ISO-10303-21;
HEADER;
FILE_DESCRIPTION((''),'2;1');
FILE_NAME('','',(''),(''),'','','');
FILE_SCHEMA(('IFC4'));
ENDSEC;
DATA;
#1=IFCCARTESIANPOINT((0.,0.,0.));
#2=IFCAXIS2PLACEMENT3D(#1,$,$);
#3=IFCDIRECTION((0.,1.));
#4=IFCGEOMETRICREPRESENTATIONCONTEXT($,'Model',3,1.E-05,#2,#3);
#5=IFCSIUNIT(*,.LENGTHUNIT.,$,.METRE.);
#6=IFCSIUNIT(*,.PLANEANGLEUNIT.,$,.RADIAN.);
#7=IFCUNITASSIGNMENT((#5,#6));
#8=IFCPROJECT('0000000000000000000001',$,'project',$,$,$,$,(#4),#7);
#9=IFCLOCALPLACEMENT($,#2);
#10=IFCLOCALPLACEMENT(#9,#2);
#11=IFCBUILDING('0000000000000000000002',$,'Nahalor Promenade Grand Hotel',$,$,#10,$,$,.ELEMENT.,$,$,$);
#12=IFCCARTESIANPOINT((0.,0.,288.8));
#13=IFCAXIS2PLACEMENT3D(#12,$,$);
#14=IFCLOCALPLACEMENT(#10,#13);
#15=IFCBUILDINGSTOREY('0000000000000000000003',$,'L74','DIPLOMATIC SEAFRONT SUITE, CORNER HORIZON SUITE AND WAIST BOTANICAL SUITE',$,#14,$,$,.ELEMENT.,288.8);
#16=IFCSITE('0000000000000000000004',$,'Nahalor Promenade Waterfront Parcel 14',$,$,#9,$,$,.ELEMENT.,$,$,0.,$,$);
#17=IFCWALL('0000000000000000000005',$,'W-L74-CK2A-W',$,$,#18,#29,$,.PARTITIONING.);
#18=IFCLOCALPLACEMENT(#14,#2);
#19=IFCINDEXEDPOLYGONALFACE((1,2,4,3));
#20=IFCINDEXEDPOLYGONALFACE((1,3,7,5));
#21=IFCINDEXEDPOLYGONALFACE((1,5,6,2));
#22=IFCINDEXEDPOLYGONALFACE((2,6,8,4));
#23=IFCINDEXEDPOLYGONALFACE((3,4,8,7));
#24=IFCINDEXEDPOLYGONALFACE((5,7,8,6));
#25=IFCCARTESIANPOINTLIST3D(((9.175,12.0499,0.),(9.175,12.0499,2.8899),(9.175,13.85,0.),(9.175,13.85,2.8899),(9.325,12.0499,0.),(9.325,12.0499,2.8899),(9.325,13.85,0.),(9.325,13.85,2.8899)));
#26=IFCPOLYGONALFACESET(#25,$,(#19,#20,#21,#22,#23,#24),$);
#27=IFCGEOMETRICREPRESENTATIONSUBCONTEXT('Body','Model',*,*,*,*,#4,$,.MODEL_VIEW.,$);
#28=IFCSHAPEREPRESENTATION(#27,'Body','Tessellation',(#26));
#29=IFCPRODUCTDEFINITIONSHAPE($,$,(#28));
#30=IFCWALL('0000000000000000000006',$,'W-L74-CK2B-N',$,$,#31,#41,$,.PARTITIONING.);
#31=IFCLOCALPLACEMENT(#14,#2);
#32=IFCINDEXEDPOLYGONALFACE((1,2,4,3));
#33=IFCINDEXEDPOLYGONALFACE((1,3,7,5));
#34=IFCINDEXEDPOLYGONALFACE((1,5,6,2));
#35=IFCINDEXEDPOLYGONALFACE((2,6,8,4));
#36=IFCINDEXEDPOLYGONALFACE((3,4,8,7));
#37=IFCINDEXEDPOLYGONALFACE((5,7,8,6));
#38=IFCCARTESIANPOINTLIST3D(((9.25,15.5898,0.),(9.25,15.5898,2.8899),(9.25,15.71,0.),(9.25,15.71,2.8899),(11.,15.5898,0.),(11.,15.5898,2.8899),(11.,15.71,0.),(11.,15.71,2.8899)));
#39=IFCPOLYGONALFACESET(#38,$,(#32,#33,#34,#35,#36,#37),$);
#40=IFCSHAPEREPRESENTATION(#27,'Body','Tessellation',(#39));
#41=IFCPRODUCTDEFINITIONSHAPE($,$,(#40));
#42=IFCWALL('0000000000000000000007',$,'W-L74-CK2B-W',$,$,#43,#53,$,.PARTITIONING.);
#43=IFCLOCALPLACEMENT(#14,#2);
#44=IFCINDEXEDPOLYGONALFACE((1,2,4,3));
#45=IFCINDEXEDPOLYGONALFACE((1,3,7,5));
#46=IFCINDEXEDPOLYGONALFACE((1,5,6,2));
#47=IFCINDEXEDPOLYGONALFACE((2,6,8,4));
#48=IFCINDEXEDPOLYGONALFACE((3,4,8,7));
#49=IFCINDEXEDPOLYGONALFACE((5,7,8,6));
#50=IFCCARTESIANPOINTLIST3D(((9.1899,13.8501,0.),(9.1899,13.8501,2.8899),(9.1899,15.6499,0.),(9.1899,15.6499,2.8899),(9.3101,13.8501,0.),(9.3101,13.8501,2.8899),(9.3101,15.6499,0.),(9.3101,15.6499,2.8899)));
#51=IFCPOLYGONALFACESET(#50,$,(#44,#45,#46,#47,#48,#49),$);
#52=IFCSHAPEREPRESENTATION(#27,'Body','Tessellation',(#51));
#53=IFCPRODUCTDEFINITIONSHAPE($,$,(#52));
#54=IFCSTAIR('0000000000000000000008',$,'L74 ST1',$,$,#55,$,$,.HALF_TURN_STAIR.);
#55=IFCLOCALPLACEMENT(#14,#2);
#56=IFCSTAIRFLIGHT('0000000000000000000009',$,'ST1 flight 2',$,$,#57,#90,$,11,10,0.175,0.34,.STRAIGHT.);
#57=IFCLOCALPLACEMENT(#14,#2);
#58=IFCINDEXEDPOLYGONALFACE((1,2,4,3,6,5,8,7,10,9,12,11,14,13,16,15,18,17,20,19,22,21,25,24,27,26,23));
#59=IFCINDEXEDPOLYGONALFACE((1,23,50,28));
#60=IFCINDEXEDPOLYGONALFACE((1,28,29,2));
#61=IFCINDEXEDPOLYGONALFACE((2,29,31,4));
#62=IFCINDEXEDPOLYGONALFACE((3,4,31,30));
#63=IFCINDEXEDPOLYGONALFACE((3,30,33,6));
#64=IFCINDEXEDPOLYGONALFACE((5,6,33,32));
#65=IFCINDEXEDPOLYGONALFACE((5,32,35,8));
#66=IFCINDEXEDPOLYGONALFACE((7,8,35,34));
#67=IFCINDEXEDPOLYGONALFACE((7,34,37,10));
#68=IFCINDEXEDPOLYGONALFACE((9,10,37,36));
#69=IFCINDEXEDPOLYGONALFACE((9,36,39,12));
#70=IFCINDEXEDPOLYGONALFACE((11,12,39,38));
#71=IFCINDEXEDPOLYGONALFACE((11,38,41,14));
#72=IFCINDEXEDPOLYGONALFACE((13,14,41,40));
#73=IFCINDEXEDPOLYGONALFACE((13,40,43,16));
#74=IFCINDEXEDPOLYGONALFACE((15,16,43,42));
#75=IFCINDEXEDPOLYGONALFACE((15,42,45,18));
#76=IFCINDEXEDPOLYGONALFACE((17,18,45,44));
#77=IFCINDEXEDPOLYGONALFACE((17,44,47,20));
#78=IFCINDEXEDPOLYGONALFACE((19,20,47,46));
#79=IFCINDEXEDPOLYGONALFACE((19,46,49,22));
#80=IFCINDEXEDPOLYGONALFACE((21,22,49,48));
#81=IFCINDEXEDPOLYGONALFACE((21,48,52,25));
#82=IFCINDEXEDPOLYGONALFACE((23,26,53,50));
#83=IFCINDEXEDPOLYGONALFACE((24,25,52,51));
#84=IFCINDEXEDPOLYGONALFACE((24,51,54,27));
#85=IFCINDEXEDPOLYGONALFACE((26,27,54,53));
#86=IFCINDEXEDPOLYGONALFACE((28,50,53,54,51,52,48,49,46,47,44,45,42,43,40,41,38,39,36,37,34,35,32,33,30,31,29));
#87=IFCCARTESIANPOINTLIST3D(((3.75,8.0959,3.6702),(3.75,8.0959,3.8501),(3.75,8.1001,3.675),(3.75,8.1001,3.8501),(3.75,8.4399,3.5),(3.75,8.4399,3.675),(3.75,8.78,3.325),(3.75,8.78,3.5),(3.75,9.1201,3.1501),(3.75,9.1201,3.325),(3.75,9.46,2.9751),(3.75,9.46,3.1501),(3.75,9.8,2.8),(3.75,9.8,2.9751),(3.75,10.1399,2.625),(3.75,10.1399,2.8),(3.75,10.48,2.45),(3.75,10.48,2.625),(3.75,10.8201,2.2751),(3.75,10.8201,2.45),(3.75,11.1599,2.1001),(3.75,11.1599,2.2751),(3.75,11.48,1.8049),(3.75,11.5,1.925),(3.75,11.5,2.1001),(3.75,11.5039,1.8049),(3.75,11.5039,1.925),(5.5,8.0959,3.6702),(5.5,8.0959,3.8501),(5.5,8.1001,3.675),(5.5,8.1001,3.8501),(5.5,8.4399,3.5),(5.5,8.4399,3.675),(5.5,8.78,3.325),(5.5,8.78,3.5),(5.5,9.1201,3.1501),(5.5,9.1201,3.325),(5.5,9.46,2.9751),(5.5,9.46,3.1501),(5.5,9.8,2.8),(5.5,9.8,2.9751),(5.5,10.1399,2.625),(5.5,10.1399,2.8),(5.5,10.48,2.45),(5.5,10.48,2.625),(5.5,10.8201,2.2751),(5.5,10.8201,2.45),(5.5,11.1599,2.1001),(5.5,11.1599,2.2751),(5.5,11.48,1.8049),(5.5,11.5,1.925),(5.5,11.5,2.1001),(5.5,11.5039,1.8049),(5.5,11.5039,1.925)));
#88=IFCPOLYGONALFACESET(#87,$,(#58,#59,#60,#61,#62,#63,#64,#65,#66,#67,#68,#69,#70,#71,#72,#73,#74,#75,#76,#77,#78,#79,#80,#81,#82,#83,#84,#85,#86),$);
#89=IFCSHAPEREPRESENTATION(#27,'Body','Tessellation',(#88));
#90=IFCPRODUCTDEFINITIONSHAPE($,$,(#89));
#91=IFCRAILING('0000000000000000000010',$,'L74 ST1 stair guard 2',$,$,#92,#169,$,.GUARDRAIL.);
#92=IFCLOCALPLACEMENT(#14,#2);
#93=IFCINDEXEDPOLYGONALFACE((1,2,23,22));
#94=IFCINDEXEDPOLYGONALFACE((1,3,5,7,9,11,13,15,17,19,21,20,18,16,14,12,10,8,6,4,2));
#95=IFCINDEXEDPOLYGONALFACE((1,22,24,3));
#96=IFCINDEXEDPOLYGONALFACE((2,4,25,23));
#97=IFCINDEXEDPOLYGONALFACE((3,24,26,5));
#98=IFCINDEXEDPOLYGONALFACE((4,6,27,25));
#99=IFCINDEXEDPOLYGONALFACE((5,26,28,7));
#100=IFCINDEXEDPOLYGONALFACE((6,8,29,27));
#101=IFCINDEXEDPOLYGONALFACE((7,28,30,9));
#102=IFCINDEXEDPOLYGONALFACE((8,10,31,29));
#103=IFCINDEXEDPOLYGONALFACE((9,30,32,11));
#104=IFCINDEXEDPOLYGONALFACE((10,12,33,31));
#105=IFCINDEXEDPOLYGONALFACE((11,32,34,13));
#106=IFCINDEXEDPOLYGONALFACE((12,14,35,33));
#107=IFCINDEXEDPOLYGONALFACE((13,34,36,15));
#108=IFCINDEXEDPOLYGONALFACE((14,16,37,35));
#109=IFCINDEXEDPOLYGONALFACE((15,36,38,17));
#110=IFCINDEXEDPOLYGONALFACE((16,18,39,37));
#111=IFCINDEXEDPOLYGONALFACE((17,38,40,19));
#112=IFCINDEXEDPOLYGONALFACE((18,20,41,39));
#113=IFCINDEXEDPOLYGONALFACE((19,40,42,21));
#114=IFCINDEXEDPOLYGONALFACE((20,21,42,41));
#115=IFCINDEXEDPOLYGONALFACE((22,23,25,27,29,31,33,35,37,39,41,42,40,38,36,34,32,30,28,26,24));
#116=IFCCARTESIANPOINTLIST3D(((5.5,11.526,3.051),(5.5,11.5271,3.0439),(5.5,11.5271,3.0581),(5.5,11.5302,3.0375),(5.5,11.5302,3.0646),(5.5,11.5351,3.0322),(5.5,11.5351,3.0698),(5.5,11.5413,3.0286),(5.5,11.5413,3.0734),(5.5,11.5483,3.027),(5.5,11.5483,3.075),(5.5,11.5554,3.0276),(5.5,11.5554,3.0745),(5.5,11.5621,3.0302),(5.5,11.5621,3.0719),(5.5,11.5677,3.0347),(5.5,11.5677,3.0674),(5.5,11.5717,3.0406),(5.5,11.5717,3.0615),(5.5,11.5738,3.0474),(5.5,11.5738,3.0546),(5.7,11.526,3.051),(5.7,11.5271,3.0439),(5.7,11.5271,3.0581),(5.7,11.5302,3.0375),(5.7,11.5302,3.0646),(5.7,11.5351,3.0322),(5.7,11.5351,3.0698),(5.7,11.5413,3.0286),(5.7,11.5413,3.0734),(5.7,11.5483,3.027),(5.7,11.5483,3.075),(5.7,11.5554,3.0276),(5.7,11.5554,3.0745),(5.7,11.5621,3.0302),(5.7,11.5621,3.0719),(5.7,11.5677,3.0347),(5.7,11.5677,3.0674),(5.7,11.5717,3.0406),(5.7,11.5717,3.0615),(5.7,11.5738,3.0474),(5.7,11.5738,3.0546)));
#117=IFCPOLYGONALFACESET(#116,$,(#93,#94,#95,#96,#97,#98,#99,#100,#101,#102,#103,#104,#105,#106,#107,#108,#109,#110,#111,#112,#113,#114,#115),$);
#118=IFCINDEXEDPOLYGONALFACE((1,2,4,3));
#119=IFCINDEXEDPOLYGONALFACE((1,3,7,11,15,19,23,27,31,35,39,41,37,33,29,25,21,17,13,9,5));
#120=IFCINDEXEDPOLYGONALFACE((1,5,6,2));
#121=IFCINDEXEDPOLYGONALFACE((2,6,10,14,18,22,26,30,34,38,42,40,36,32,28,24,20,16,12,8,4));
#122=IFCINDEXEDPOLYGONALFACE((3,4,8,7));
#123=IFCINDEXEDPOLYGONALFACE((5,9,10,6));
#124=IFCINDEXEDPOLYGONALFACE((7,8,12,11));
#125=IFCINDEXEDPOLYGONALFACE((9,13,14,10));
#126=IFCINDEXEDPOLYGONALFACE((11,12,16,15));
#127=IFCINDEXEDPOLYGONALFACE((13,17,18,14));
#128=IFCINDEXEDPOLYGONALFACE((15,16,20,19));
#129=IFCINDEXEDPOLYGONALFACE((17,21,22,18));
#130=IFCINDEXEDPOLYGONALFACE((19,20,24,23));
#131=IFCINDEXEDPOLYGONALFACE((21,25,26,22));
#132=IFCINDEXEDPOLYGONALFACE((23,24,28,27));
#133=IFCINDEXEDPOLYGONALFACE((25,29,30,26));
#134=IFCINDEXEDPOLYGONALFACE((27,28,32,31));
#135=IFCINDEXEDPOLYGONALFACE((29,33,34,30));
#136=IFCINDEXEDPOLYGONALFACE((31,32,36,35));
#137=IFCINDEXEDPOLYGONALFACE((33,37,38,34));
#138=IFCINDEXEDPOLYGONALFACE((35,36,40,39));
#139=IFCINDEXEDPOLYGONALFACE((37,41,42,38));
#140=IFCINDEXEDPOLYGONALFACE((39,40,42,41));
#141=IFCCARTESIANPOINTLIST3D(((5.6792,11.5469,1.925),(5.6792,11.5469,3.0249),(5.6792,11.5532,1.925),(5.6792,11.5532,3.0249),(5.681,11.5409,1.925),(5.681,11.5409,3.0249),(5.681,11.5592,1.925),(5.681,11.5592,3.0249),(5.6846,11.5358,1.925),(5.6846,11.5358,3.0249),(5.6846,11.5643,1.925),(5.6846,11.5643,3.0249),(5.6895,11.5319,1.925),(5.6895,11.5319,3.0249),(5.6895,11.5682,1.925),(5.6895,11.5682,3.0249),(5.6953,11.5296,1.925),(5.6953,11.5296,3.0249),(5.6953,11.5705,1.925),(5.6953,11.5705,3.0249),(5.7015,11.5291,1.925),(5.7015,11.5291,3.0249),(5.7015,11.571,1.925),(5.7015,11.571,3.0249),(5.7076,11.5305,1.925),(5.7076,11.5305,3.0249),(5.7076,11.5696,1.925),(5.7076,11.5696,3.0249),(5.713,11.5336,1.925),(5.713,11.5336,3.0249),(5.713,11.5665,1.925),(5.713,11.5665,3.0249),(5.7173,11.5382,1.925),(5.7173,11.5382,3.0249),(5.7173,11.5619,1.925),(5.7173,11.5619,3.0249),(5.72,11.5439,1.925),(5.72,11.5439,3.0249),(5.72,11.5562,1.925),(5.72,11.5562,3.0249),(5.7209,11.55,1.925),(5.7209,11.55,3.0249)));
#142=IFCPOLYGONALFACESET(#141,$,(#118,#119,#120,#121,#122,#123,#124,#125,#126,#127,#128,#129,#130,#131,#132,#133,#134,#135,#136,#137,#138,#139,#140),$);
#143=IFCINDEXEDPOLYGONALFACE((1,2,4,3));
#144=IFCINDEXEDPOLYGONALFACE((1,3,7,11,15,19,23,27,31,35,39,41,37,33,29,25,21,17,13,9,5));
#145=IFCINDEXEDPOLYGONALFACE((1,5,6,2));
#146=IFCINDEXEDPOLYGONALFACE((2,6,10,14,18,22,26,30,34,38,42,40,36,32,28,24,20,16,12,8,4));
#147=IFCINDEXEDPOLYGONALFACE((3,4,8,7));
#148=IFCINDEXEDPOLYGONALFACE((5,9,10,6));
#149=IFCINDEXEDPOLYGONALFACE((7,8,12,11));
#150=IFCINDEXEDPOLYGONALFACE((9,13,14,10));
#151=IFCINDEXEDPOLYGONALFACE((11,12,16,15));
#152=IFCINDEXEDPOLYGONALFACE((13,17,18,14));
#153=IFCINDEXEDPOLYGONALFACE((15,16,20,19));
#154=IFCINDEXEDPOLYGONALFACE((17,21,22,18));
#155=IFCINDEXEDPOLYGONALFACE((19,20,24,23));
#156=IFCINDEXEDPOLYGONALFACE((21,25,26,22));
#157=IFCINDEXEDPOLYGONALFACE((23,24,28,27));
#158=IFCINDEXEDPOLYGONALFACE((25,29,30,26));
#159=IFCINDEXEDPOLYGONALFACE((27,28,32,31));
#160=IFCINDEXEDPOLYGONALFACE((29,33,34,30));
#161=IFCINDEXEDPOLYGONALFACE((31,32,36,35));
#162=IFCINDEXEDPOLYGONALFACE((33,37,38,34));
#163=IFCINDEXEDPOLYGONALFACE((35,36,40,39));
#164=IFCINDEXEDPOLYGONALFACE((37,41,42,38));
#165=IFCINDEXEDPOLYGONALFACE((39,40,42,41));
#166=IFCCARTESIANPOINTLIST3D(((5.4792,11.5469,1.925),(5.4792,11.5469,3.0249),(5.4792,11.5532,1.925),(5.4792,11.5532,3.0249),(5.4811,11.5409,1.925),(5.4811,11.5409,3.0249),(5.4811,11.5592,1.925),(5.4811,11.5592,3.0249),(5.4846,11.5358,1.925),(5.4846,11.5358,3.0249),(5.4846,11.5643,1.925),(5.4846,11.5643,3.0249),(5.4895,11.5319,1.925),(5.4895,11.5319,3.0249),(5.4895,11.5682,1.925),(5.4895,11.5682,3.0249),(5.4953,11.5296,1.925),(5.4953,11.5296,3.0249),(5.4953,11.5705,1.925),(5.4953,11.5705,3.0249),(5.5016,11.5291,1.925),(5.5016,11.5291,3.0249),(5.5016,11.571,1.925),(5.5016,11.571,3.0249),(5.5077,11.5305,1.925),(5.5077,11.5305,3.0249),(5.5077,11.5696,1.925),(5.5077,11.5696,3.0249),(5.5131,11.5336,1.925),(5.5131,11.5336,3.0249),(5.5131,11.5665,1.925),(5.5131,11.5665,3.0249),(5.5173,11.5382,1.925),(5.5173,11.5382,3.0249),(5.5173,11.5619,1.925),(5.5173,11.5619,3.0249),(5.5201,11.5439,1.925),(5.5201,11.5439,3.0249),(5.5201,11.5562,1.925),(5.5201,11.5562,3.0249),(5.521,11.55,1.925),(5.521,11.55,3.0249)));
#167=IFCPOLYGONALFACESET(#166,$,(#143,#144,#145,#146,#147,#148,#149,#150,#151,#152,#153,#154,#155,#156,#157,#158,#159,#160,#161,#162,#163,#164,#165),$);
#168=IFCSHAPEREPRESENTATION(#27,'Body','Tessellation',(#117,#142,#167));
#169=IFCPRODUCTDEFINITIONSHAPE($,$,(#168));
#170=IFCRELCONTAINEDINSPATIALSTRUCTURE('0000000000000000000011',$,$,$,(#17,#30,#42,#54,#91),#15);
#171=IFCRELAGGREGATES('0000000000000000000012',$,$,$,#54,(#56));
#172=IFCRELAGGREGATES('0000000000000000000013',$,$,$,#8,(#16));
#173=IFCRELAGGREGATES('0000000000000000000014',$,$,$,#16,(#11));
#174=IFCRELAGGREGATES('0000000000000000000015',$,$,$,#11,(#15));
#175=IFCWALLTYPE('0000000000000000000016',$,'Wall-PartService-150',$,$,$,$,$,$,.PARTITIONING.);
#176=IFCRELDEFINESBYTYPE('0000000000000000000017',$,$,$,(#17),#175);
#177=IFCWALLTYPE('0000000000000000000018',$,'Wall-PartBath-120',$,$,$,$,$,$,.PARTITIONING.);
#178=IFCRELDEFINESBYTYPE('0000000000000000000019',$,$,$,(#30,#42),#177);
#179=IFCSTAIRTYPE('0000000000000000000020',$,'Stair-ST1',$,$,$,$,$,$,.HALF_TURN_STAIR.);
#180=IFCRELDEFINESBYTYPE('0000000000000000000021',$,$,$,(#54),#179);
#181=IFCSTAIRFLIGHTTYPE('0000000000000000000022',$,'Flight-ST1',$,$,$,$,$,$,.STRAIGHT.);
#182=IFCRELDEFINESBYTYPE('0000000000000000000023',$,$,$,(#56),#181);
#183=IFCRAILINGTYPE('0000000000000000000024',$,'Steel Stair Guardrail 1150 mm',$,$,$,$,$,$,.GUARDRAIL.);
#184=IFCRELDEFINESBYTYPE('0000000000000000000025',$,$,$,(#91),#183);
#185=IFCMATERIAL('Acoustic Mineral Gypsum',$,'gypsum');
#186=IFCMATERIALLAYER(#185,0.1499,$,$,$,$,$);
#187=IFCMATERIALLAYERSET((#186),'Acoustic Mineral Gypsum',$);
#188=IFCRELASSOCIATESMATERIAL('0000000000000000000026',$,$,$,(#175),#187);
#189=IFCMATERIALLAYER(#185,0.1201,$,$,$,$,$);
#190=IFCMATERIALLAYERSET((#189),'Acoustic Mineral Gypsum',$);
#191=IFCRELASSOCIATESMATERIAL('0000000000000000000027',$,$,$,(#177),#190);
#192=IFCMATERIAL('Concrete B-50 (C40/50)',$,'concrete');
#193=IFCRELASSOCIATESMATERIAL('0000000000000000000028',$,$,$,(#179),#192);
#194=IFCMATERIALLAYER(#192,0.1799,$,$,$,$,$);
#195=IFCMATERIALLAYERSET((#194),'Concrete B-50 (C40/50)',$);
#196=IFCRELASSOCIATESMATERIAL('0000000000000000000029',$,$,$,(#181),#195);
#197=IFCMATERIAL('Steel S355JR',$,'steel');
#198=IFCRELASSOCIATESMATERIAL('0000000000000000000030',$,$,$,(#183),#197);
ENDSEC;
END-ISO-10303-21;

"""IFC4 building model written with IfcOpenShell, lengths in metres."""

from ifc_helpers import new_model, si_unit, direction, frame, frame_2d, origin, origin_2d, place, context, subcontext, project, spatial, polyline, rectangle, circle, outline, extrude, source, transform, mapped, material, layer, layer_set, type_object, element, aggregate, save


model = new_model("IFC4")

# Units and contexts
model_context = context("Model", 3, precision=1e-05, world=origin(), true_north=direction((0.0, 1.0)))
body_context = subcontext(model_context, "Body", "Model", "MODEL_VIEW")
ifc_project = project(units=[si_unit("LENGTHUNIT", "METRE"), si_unit("PLANEANGLEUNIT", "RADIAN")], contexts=[model_context])

# Site, building, storey
site_placement = place(None, origin())
site = spatial("IfcSite", under=ifc_project, at=site_placement, Name="Nahalor Promenade Waterfront Parcel 14", CompositionType="ELEMENT", RefElevation=0.0)
building_placement = place(site_placement, origin())
building = spatial("IfcBuilding", under=site, at=building_placement, Name="Nahalor Promenade Grand Hotel", CompositionType="ELEMENT")
storey_placement = place(building_placement, frame((0.0, 0.0, 288.8)))
storey = spatial("IfcBuildingStorey", under=building, at=storey_placement, Name="L74", Description="DIPLOMATIC SEAFRONT SUITE, CORNER HORIZON SUITE AND WAIST BOTANICAL SUITE", CompositionType="ELEMENT", Elevation=288.8)

# Shared definitions
ifc_material_1 = material(Name="Concrete B-50 (C40/50)", Category="concrete")
ifc_material_2 = material(Name="Steel S355JR", Category="steel")

# Walls
ifc_material_3 = material(Name="Acoustic Mineral Gypsum", Category="gypsum")
ifc_layer_1 = layer(ifc_material_3, 0.1499)
ifc_layer_set_1 = layer_set([ifc_layer_1], Name="Acoustic Mineral Gypsum")
wall_type_1 = type_object("IfcWallType", Name="Wall-PartService-150", PredefinedType="PARTITIONING", material=ifc_layer_set_1)
shared_shape_1 = source(origin(), body_context, "Body", "SweptSolid", [
    extrude(rectangle(XDim=1.8, YDim=0.1499, at=frame_2d((0.8999, 0.0))), origin(), (0.0, 0.0, 1.0), 2.8899),
])
wall_1_placement = place(storey_placement, frame((9.25, 12.05, 0.0), z_axis=(0.0, 0.0, 1.0), x_axis=(0.0, 1.0, 0.0)))
element("IfcWall", 1, at=wall_1_placement, inside=storey, type_object=wall_type_1, Name="W-L74-CK2A-W", PredefinedType="PARTITIONING", context=body_context, shape_type="MappedRepresentation", body=[
    mapped(shared_shape_1, transform((0.0, 0.0, 0.0), scale=1.0)),
])
ifc_layer_2 = layer(ifc_material_3, 0.1201)
ifc_layer_set_2 = layer_set([ifc_layer_2], Name="Acoustic Mineral Gypsum")
wall_type_2 = type_object("IfcWallType", Name="Wall-PartBath-120", PredefinedType="PARTITIONING", material=ifc_layer_set_2)
shared_shape_2 = source(origin(), body_context, "Body", "SweptSolid", [
    extrude(rectangle(XDim=1.75, YDim=0.1201, at=frame_2d((0.875, 0.0))), origin(), (0.0, 0.0, 1.0), 2.8899),
])
wall_2_placement = place(storey_placement, frame((9.25, 15.6499, 0.0), z_axis=(0.0, 0.0, 1.0), x_axis=(1.0, 0.0, 0.0)))
element("IfcWall", 2, at=wall_2_placement, inside=storey, type_object=wall_type_2, Name="W-L74-CK2B-N", PredefinedType="PARTITIONING", context=body_context, shape_type="MappedRepresentation", body=[
    mapped(shared_shape_2, transform((0.0, 0.0, 0.0), scale=1.0)),
])
shared_shape_3 = source(origin(), body_context, "Body", "SweptSolid", [
    extrude(rectangle(XDim=1.7998, YDim=0.1201, at=frame_2d((0.8999, 0.0))), origin(), (0.0, 0.0, 1.0), 2.8899),
])
wall_3_placement = place(storey_placement, frame((9.25, 13.8501, 0.0), z_axis=(0.0, 0.0, 1.0), x_axis=(0.0, 1.0, 0.0)))
element("IfcWall", 3, at=wall_3_placement, inside=storey, type_object=wall_type_2, Name="W-L74-CK2B-W", PredefinedType="PARTITIONING", context=body_context, shape_type="MappedRepresentation", body=[
    mapped(shared_shape_3, transform((0.0, 0.0, 0.0), scale=1.0)),
])

# Stair, stair flight
stair_type = type_object("IfcStairType", Name="Stair-ST1", PredefinedType="HALF_TURN_STAIR", material=ifc_material_1)
stair_placement = place(storey_placement, origin())
stair = element("IfcStair", 4, at=stair_placement, inside=storey, type_object=stair_type, Name="L74 ST1", PredefinedType="HALF_TURN_STAIR")
ifc_layer_3 = layer(ifc_material_1, 0.1799)
ifc_layer_set_3 = layer_set([ifc_layer_3], Name="Concrete B-50 (C40/50)")
stair_flight_type = type_object("IfcStairFlightType", Name="Flight-ST1", PredefinedType="STRAIGHT", material=ifc_layer_set_3)
shared_shape_4 = source(origin(), body_context, "Body", "SweptSolid", [
    extrude(outline(polyline([(-0.0039, -0.1201), (-0.0039, 0.0), (0.0, 0.0), (0.0, 0.175), (0.3401, 0.175), (0.3401, 0.3501), (0.6799, 0.3501), (0.6799, 0.5249), (1.02, 0.5249), (1.02, 0.7), (1.3601, 0.7), (1.3601, 0.875), (1.7, 0.875), (1.7, 1.05), (2.04, 1.05), (2.04, 1.2251), (2.3799, 1.2251), (2.3799, 1.3999), (2.72, 1.3999), (2.72, 1.575), (3.0601, 1.575), (3.0601, 1.75), (3.3999, 1.75), (3.3999, 1.925), (3.4041, 1.925), (3.4041, 1.7451), (0.02, -0.1201), (-0.0039, -0.1201)])), frame((0.0, 0.875, 0.0), z_axis=(0.0, -1.0, 0.0), x_axis=(1.0, 0.0, 0.0)), (0.0, 0.0, 1.0), 1.75),
])
stair_flight_placement = place(storey_placement, frame((4.625, 11.5, 1.925), z_axis=(0.0, 0.0, 1.0), x_axis=(0.0, -1.0, 0.0)))
stair_flight = element("IfcStairFlight", 5, at=stair_flight_placement, type_object=stair_flight_type, Name="ST1 flight 2", NumberOfRisers=11, NumberOfTreads=10, PredefinedType="STRAIGHT", RiserHeight=0.175, TreadLength=0.34, context=body_context, shape_type="MappedRepresentation", body=[
    mapped(shared_shape_4, transform((0.0, 0.0, 0.0), scale=1.0)),
])
aggregate(stair, [stair_flight])

# Railing
railing_type_1 = type_object("IfcRailingType", Name="Steel Stair Guardrail 1150 mm", PredefinedType="GUARDRAIL", material=ifc_material_2)
railing_1_placement = place(storey_placement, frame((5.7, 11.55, 1.925)))
element("IfcRailing", 6, at=railing_1_placement, inside=storey, type_object=railing_type_1, Name="L74 ST1 stair guard 2", PredefinedType="GUARDRAIL", context=body_context, shape_type="SweptSolid", body=[
    extrude(circle(Radius=0.024, at=origin_2d()), frame((0.0, 0.0, 1.126), z_axis=(-1.0, 0.0, 0.0), x_axis=(0.0, -1.0, 0.0)), (0.0, 0.0, 1.0), 0.2),
    extrude(circle(Radius=0.021, at=origin_2d()), origin(), (0.0, 0.0, 1.0), 1.0999),
    extrude(circle(Radius=0.021, at=origin_2d()), frame((-0.2, 0.0, 0.0)), (0.0, 0.0, 1.0), 1.0999),
])

save(model, "model.ifc")
